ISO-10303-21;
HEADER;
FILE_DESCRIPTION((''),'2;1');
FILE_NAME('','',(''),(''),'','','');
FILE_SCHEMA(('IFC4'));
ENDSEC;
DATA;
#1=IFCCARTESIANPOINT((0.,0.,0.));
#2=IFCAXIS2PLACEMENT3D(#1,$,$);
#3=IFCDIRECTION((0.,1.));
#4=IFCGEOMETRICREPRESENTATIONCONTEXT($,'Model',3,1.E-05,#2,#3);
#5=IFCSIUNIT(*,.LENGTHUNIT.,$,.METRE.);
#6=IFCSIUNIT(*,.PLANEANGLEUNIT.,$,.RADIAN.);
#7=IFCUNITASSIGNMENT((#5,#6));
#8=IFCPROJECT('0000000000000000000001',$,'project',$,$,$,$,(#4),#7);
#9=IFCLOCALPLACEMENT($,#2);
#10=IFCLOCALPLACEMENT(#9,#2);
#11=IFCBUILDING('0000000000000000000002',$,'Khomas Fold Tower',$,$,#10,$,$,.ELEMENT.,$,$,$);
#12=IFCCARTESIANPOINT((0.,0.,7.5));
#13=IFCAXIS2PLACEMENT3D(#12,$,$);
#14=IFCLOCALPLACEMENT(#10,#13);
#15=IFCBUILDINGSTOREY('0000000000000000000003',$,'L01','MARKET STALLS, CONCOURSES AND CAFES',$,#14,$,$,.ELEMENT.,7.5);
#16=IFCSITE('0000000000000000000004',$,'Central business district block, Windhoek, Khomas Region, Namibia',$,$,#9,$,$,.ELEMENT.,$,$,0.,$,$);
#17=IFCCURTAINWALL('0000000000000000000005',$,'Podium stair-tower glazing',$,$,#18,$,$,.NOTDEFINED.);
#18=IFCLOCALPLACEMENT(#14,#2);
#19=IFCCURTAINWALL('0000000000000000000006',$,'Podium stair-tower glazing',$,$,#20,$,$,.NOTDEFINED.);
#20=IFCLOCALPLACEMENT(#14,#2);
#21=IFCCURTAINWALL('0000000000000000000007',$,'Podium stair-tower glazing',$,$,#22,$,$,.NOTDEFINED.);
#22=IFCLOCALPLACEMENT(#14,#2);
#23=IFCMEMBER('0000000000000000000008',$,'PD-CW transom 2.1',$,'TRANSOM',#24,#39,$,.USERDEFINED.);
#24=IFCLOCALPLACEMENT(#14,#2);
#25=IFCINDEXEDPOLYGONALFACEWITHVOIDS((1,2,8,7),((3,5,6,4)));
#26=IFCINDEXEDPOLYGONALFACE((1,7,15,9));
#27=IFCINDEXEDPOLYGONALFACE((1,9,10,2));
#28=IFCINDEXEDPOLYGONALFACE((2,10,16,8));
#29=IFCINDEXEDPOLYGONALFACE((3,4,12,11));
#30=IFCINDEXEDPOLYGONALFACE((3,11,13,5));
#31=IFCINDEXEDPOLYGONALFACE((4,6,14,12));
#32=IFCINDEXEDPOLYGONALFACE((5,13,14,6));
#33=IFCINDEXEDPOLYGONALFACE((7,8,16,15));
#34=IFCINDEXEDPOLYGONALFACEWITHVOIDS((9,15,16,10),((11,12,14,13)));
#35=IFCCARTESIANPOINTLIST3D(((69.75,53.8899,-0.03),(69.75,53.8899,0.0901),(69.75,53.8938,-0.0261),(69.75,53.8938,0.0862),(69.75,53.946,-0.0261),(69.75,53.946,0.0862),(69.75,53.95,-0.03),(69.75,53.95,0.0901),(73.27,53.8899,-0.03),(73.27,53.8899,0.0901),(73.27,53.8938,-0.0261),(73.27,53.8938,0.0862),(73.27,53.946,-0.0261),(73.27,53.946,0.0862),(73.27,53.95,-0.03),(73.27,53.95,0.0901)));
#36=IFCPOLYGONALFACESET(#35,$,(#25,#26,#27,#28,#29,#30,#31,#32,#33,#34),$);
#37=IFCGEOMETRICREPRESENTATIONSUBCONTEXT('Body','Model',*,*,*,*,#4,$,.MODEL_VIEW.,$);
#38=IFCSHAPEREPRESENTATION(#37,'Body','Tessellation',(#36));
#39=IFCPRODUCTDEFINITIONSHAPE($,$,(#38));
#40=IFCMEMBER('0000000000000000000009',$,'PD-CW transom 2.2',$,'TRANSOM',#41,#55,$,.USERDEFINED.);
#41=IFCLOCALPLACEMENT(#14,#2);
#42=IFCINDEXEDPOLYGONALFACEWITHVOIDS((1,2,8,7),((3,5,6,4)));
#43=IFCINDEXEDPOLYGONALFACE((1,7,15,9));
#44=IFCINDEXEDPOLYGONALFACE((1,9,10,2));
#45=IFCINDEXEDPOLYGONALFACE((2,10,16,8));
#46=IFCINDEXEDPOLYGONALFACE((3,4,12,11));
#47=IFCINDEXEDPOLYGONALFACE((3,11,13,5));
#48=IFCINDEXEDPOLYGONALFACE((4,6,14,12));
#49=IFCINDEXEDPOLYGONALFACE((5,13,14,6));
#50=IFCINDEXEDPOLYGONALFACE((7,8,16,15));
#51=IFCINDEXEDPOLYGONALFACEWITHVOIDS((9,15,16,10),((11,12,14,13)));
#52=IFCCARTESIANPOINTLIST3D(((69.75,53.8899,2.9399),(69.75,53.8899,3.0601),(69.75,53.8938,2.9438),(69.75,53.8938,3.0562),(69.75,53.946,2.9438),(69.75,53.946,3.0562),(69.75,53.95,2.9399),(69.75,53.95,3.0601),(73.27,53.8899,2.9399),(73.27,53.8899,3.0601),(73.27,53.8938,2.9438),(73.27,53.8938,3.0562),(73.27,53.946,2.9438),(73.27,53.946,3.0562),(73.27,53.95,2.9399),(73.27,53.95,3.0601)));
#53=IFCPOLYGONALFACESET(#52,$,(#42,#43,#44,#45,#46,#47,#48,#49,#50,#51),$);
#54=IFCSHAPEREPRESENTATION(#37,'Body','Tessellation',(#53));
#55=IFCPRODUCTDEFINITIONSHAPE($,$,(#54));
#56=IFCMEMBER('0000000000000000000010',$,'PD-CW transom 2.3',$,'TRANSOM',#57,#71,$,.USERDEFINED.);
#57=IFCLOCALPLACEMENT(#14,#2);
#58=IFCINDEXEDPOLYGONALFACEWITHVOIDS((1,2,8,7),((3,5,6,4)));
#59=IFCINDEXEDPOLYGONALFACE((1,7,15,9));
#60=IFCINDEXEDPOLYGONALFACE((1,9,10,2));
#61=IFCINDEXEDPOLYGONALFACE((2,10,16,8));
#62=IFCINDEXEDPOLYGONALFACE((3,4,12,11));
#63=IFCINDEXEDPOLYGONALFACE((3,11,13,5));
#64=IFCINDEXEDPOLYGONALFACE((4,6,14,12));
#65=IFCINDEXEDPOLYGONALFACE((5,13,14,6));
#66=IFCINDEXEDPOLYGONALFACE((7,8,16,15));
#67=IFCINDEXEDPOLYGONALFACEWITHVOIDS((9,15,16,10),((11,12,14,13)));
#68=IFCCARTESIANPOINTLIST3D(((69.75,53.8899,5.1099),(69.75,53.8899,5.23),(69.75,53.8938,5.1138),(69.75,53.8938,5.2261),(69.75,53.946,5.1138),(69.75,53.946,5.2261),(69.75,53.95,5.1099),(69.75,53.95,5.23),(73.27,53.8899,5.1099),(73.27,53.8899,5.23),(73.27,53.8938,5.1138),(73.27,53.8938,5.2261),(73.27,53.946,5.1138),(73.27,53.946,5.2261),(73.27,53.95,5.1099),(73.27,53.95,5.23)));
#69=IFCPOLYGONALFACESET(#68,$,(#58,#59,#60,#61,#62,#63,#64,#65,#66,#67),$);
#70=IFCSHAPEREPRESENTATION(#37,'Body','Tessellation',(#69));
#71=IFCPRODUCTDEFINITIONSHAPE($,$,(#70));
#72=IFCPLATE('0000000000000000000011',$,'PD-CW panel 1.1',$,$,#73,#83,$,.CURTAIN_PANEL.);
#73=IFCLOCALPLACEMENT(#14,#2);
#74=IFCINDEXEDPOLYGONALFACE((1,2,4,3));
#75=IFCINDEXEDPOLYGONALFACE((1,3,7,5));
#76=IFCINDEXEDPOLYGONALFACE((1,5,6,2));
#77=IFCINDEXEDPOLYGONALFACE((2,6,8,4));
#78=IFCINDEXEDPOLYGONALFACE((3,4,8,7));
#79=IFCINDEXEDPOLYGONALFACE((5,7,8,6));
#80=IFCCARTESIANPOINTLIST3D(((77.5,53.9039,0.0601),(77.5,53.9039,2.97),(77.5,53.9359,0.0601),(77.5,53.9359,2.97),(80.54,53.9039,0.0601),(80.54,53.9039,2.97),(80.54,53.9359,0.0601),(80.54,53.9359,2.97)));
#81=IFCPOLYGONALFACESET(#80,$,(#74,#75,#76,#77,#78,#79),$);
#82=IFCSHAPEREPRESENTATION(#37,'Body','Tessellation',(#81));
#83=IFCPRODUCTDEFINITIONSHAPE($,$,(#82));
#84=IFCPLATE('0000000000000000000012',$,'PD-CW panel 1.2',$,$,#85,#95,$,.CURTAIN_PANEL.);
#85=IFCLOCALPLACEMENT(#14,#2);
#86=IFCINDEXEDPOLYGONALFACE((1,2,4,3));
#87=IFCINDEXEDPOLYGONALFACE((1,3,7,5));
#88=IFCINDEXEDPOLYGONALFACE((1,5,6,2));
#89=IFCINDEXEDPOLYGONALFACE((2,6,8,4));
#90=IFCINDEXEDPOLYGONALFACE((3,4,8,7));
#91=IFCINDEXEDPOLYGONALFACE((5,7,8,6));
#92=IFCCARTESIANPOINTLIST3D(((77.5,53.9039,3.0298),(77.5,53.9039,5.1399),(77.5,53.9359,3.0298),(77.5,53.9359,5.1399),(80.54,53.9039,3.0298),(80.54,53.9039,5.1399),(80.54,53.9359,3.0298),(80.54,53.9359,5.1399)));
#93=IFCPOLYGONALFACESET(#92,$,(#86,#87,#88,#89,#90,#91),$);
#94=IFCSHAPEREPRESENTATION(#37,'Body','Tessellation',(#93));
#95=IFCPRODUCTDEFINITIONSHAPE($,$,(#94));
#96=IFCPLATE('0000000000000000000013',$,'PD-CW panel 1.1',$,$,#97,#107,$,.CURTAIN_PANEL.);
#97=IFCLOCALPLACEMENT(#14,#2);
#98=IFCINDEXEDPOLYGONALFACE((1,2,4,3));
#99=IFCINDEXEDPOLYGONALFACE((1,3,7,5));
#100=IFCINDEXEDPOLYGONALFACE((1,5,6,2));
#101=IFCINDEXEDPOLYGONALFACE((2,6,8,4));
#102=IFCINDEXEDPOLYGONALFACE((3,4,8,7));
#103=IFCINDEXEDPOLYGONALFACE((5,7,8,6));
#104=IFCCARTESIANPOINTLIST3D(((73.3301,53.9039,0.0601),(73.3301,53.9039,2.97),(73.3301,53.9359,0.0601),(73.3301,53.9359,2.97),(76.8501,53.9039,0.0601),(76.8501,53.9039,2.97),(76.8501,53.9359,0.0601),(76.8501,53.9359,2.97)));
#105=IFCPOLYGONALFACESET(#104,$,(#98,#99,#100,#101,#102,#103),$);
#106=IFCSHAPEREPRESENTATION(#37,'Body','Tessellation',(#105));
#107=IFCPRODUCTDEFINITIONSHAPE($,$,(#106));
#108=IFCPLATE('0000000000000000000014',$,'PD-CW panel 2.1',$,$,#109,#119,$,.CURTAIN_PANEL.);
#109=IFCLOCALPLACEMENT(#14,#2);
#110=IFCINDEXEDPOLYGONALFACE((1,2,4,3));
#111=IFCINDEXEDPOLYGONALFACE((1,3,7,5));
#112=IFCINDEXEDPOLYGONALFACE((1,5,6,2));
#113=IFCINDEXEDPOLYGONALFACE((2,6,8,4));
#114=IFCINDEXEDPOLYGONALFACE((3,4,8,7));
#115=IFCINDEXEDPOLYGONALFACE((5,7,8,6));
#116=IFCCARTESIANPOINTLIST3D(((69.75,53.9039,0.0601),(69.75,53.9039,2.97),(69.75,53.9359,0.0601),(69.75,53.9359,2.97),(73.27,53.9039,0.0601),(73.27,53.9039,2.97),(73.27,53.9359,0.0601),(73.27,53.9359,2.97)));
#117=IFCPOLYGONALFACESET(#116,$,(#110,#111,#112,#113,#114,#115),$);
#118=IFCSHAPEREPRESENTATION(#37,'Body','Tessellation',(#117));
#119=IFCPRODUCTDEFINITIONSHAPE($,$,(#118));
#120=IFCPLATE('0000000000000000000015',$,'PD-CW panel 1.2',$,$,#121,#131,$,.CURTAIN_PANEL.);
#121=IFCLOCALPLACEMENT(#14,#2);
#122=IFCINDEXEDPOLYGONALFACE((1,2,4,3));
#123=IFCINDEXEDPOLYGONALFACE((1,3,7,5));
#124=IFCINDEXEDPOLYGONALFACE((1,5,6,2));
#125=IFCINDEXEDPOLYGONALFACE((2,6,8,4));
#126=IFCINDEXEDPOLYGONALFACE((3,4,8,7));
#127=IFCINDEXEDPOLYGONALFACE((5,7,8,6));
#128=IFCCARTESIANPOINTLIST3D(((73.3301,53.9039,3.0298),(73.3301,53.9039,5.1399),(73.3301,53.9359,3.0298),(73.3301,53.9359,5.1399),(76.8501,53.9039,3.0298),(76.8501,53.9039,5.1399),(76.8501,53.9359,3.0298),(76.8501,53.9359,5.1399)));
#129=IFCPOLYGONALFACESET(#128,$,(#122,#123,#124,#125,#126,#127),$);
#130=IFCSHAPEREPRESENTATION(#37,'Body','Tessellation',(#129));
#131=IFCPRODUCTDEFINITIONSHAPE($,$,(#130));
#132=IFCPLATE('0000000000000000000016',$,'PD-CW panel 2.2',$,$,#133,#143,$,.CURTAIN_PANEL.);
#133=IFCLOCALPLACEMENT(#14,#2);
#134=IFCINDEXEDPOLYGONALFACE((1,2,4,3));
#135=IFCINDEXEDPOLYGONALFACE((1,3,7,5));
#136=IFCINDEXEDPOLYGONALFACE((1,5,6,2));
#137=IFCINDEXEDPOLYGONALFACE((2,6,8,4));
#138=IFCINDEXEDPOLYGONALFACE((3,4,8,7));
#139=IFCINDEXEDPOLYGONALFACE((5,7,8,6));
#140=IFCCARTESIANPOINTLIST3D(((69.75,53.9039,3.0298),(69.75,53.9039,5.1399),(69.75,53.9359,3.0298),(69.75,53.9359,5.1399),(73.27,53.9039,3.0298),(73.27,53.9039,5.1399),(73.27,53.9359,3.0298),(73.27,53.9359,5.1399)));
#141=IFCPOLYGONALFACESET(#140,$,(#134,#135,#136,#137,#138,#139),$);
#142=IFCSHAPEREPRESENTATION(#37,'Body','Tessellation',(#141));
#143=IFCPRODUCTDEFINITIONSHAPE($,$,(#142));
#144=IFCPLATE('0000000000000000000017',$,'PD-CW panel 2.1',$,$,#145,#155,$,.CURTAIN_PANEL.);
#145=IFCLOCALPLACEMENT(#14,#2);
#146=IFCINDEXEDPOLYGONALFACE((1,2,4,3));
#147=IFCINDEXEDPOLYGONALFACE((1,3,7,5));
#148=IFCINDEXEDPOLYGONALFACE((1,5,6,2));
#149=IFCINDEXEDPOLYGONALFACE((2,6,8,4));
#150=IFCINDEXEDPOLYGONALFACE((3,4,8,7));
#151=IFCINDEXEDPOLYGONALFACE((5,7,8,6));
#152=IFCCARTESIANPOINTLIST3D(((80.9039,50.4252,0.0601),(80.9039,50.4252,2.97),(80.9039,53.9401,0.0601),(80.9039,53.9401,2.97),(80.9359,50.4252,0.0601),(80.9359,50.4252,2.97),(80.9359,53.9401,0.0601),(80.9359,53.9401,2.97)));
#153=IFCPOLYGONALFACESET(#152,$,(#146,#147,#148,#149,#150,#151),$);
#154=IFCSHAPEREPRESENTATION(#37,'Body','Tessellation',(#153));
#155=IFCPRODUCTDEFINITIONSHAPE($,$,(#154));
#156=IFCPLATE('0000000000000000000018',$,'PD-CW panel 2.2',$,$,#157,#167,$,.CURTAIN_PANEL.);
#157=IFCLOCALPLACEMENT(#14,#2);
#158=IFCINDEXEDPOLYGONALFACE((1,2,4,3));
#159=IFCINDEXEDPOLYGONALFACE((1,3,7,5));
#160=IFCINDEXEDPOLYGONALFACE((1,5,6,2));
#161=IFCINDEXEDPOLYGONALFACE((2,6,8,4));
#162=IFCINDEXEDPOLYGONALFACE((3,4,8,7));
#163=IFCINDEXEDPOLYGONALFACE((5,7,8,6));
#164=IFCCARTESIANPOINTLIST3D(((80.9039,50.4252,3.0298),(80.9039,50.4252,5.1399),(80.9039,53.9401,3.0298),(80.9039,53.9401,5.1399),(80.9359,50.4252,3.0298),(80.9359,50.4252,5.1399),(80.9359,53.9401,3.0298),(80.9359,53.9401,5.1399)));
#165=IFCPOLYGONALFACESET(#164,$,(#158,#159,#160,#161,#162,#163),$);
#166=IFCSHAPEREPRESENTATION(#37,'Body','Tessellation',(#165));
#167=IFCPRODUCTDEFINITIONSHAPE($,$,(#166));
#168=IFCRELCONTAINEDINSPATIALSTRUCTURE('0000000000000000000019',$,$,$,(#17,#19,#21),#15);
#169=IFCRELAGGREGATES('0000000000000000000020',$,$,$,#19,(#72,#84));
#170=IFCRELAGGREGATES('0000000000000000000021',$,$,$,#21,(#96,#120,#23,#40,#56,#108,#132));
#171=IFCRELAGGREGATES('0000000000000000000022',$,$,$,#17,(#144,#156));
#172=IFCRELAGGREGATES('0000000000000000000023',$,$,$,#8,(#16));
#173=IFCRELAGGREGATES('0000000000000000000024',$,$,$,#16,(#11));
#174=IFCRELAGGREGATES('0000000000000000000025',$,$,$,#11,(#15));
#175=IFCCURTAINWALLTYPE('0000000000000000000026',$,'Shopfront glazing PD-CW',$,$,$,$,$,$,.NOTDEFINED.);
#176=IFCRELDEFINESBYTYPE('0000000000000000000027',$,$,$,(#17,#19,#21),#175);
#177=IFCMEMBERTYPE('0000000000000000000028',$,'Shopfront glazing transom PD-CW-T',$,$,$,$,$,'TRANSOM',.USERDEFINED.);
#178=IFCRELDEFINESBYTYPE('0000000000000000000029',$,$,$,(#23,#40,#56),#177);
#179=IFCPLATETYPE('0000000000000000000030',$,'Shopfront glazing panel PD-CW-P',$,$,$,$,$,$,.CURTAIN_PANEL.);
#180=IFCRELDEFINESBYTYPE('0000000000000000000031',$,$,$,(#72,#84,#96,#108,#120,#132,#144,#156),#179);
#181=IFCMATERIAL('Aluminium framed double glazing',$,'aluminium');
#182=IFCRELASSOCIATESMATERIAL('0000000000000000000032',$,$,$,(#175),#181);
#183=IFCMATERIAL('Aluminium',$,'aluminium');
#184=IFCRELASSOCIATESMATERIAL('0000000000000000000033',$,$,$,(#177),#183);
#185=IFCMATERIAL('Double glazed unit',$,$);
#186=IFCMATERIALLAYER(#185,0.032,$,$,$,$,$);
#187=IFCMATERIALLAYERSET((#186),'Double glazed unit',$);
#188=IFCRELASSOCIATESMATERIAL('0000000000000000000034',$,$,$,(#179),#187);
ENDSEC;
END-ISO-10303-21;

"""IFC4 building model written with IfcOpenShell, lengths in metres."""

from ifc_helpers import new_model, si_unit, direction, frame, origin, origin_2d, place, context, subcontext, project, spatial, rectangle, hollow_rectangle, extrude, source, transform, mapped, material, layer, layer_set, material_profile, profile_set, type_object, element, aggregate, save


model = new_model("IFC4")

# Units and contexts
model_context = context("Model", 3, precision=1e-05, world=origin(), true_north=direction((0.0, 1.0)))
body_context = subcontext(model_context, "Body", "Model", "MODEL_VIEW")
ifc_project = project(units=[si_unit("LENGTHUNIT", "METRE"), si_unit("PLANEANGLEUNIT", "RADIAN")], contexts=[model_context])

# Site, building, storey
site_placement = place(None, origin())
site = spatial("IfcSite", under=ifc_project, at=site_placement, Name="Central business district block, Windhoek, Khomas Region, Namibia", CompositionType="ELEMENT", RefElevation=0.0)
building_placement = place(site_placement, origin())
building = spatial("IfcBuilding", under=site, at=building_placement, Name="Khomas Fold Tower", CompositionType="ELEMENT")
storey_placement = place(building_placement, frame((0.0, 0.0, 7.5)))
storey = spatial("IfcBuildingStorey", under=building, at=storey_placement, Name="L01", Description="MARKET STALLS, CONCOURSES AND CAFES", CompositionType="ELEMENT", Elevation=7.5)

# Curtain wall
ifc_material_1 = material(Name="Aluminium framed double glazing", Category="aluminium")
curtain_wall_type = type_object("IfcCurtainWallType", Name="Shopfront glazing PD-CW", PredefinedType="NOTDEFINED", material=ifc_material_1)
curtain_wall_1_placement = place(storey_placement, origin())
curtain_wall_1 = element("IfcCurtainWall", 1, at=curtain_wall_1_placement, inside=storey, type_object=curtain_wall_type, Name="Podium stair-tower glazing", PredefinedType="NOTDEFINED")

# Curtain walls
curtain_wall_2_placement = place(storey_placement, origin())
curtain_wall_2 = element("IfcCurtainWall", 2, at=curtain_wall_2_placement, inside=storey, type_object=curtain_wall_type, Name="Podium stair-tower glazing", PredefinedType="NOTDEFINED")
curtain_wall_3_placement = place(storey_placement, origin())
curtain_wall_3 = element("IfcCurtainWall", 3, at=curtain_wall_3_placement, inside=storey, type_object=curtain_wall_type, Name="Podium stair-tower glazing", PredefinedType="NOTDEFINED")

# Members
ifc_material_2 = material(Name="Aluminium", Category="aluminium")
ifc_material_profile_1 = material_profile(ifc_material_2, hollow_rectangle(XDim=0.0601, YDim=0.1201, WallThickness=0.0039, at=origin_2d()), Name="Shopfront glazing transom PD-CW-T")
ifc_profile_set_1 = profile_set([ifc_material_profile_1], Name="Aluminium")
member_type_1 = type_object("IfcMemberType", Name="Shopfront glazing transom PD-CW-T", ElementType="TRANSOM", PredefinedType="USERDEFINED", material=ifc_profile_set_1)
shared_shape_1 = source(origin(), body_context, "Body", "SweptSolid", [
    extrude(hollow_rectangle(XDim=0.0601, YDim=0.1201, WallThickness=0.0039, at=origin_2d()), origin(), (0.0, 0.0, 1.0), 3.52),
])
member_1_placement = place(storey_placement, frame((73.27, 53.9199, 0.03), z_axis=(-1.0, 0.0, 0.0), x_axis=(0.0, -1.0, 0.0)))
member_1 = element("IfcMember", 4, at=member_1_placement, type_object=member_type_1, Name="PD-CW transom 2.1", ObjectType="TRANSOM", PredefinedType="USERDEFINED", context=body_context, shape_type="MappedRepresentation", body=[
    mapped(shared_shape_1, transform((0.0, 0.0, 0.0))),
])
member_2_placement = place(storey_placement, frame((73.27, 53.9199, 3.0), z_axis=(-1.0, 0.0, 0.0), x_axis=(0.0, -1.0, 0.0)))
member_2 = element("IfcMember", 5, at=member_2_placement, type_object=member_type_1, Name="PD-CW transom 2.2", ObjectType="TRANSOM", PredefinedType="USERDEFINED", context=body_context, shape_type="MappedRepresentation", body=[
    mapped(shared_shape_1, transform((0.0, 0.0, 0.0))),
])
member_3_placement = place(storey_placement, frame((73.27, 53.9199, 5.1699), z_axis=(-1.0, 0.0, 0.0), x_axis=(0.0, -1.0, 0.0)))
member_3 = element("IfcMember", 6, at=member_3_placement, type_object=member_type_1, Name="PD-CW transom 2.3", ObjectType="TRANSOM", PredefinedType="USERDEFINED", context=body_context, shape_type="MappedRepresentation", body=[
    mapped(shared_shape_1, transform((0.0, 0.0, 0.0))),
])

# Plates
ifc_material_3 = material(Name="Double glazed unit")
ifc_layer = layer(ifc_material_3, 0.032)
ifc_layer_set = layer_set([ifc_layer], Name="Double glazed unit")
plate_type = type_object("IfcPlateType", Name="Shopfront glazing panel PD-CW-P", PredefinedType="CURTAIN_PANEL", material=ifc_layer_set)
shared_shape_2 = source(origin(), body_context, "Body", "SweptSolid", [
    extrude(rectangle(XDim=3.04, YDim=0.032, at=origin_2d()), origin(), (0.0, 0.0, 1.0), 2.9099),
])
plate_1_placement = place(storey_placement, frame((79.02, 53.9199, 0.0601), z_axis=(0.0, 0.0, 1.0), x_axis=(-1.0, 0.0, 0.0)))
plate_1 = element("IfcPlate", 7, at=plate_1_placement, type_object=plate_type, Name="PD-CW panel 1.1", PredefinedType="CURTAIN_PANEL", context=body_context, shape_type="MappedRepresentation", body=[
    mapped(shared_shape_2, transform((0.0, 0.0, 0.0))),
])
shared_shape_3 = source(origin(), body_context, "Body", "SweptSolid", [
    extrude(rectangle(XDim=3.04, YDim=0.032, at=origin_2d()), origin(), (0.0, 0.0, 1.0), 2.1101),
])
plate_2_placement = place(storey_placement, frame((79.02, 53.9199, 3.0298), z_axis=(0.0, 0.0, 1.0), x_axis=(-1.0, 0.0, 0.0)))
plate_2 = element("IfcPlate", 8, at=plate_2_placement, type_object=plate_type, Name="PD-CW panel 1.2", PredefinedType="CURTAIN_PANEL", context=body_context, shape_type="MappedRepresentation", body=[
    mapped(shared_shape_3, transform((0.0, 0.0, 0.0))),
])
aggregate(curtain_wall_2, [plate_1, plate_2])
shared_shape_4 = source(origin(), body_context, "Body", "SweptSolid", [
    extrude(rectangle(XDim=3.52, YDim=0.032, at=origin_2d()), origin(), (0.0, 0.0, 1.0), 2.9099),
])
plate_3_placement = place(storey_placement, frame((75.0901, 53.9199, 0.0601), z_axis=(0.0, 0.0, 1.0), x_axis=(-1.0, 0.0, 0.0)))
plate_3 = element("IfcPlate", 9, at=plate_3_placement, type_object=plate_type, Name="PD-CW panel 1.1", PredefinedType="CURTAIN_PANEL", context=body_context, shape_type="MappedRepresentation", body=[
    mapped(shared_shape_4, transform((0.0, 0.0, 0.0))),
])
plate_4_placement = place(storey_placement, frame((71.51, 53.9199, 0.0601), z_axis=(0.0, 0.0, 1.0), x_axis=(-1.0, 0.0, 0.0)))
plate_4 = element("IfcPlate", 10, at=plate_4_placement, type_object=plate_type, Name="PD-CW panel 2.1", PredefinedType="CURTAIN_PANEL", context=body_context, shape_type="MappedRepresentation", body=[
    mapped(shared_shape_4, transform((0.0, 0.0, 0.0))),
])
shared_shape_5 = source(origin(), body_context, "Body", "SweptSolid", [
    extrude(rectangle(XDim=3.52, YDim=0.032, at=origin_2d()), origin(), (0.0, 0.0, 1.0), 2.1101),
])
plate_5_placement = place(storey_placement, frame((75.0901, 53.9199, 3.0298), z_axis=(0.0, 0.0, 1.0), x_axis=(-1.0, 0.0, 0.0)))
plate_5 = element("IfcPlate", 11, at=plate_5_placement, type_object=plate_type, Name="PD-CW panel 1.2", PredefinedType="CURTAIN_PANEL", context=body_context, shape_type="MappedRepresentation", body=[
    mapped(shared_shape_5, transform((0.0, 0.0, 0.0))),
])
plate_6_placement = place(storey_placement, frame((71.51, 53.9199, 3.0298), z_axis=(0.0, 0.0, 1.0), x_axis=(-1.0, 0.0, 0.0)))
plate_6 = element("IfcPlate", 12, at=plate_6_placement, type_object=plate_type, Name="PD-CW panel 2.2", PredefinedType="CURTAIN_PANEL", context=body_context, shape_type="MappedRepresentation", body=[
    mapped(shared_shape_5, transform((0.0, 0.0, 0.0))),
])
aggregate(curtain_wall_3, [plate_3, plate_5, member_1, member_2, member_3, plate_4, plate_6])
shared_shape_6 = source(origin(), body_context, "Body", "SweptSolid", [
    extrude(rectangle(XDim=3.5149, YDim=0.032, at=origin_2d()), origin(), (0.0, 0.0, 1.0), 2.9099),
])
plate_7_placement = place(storey_placement, frame((80.9199, 52.1826, 0.0601), z_axis=(0.0, 0.0, 1.0), x_axis=(0.0, 1.0, 0.0)))
plate_7 = element("IfcPlate", 13, at=plate_7_placement, type_object=plate_type, Name="PD-CW panel 2.1", PredefinedType="CURTAIN_PANEL", context=body_context, shape_type="MappedRepresentation", body=[
    mapped(shared_shape_6, transform((0.0, 0.0, 0.0))),
])
shared_shape_7 = source(origin(), body_context, "Body", "SweptSolid", [
    extrude(rectangle(XDim=3.5149, YDim=0.032, at=origin_2d()), origin(), (0.0, 0.0, 1.0), 2.1101),
])
plate_8_placement = place(storey_placement, frame((80.9199, 52.1826, 3.0298), z_axis=(0.0, 0.0, 1.0), x_axis=(0.0, 1.0, 0.0)))
plate_8 = element("IfcPlate", 14, at=plate_8_placement, type_object=plate_type, Name="PD-CW panel 2.2", PredefinedType="CURTAIN_PANEL", context=body_context, shape_type="MappedRepresentation", body=[
    mapped(shared_shape_7, transform((0.0, 0.0, 0.0))),
])
aggregate(curtain_wall_1, [plate_7, plate_8])

save(model, "model.ifc")
